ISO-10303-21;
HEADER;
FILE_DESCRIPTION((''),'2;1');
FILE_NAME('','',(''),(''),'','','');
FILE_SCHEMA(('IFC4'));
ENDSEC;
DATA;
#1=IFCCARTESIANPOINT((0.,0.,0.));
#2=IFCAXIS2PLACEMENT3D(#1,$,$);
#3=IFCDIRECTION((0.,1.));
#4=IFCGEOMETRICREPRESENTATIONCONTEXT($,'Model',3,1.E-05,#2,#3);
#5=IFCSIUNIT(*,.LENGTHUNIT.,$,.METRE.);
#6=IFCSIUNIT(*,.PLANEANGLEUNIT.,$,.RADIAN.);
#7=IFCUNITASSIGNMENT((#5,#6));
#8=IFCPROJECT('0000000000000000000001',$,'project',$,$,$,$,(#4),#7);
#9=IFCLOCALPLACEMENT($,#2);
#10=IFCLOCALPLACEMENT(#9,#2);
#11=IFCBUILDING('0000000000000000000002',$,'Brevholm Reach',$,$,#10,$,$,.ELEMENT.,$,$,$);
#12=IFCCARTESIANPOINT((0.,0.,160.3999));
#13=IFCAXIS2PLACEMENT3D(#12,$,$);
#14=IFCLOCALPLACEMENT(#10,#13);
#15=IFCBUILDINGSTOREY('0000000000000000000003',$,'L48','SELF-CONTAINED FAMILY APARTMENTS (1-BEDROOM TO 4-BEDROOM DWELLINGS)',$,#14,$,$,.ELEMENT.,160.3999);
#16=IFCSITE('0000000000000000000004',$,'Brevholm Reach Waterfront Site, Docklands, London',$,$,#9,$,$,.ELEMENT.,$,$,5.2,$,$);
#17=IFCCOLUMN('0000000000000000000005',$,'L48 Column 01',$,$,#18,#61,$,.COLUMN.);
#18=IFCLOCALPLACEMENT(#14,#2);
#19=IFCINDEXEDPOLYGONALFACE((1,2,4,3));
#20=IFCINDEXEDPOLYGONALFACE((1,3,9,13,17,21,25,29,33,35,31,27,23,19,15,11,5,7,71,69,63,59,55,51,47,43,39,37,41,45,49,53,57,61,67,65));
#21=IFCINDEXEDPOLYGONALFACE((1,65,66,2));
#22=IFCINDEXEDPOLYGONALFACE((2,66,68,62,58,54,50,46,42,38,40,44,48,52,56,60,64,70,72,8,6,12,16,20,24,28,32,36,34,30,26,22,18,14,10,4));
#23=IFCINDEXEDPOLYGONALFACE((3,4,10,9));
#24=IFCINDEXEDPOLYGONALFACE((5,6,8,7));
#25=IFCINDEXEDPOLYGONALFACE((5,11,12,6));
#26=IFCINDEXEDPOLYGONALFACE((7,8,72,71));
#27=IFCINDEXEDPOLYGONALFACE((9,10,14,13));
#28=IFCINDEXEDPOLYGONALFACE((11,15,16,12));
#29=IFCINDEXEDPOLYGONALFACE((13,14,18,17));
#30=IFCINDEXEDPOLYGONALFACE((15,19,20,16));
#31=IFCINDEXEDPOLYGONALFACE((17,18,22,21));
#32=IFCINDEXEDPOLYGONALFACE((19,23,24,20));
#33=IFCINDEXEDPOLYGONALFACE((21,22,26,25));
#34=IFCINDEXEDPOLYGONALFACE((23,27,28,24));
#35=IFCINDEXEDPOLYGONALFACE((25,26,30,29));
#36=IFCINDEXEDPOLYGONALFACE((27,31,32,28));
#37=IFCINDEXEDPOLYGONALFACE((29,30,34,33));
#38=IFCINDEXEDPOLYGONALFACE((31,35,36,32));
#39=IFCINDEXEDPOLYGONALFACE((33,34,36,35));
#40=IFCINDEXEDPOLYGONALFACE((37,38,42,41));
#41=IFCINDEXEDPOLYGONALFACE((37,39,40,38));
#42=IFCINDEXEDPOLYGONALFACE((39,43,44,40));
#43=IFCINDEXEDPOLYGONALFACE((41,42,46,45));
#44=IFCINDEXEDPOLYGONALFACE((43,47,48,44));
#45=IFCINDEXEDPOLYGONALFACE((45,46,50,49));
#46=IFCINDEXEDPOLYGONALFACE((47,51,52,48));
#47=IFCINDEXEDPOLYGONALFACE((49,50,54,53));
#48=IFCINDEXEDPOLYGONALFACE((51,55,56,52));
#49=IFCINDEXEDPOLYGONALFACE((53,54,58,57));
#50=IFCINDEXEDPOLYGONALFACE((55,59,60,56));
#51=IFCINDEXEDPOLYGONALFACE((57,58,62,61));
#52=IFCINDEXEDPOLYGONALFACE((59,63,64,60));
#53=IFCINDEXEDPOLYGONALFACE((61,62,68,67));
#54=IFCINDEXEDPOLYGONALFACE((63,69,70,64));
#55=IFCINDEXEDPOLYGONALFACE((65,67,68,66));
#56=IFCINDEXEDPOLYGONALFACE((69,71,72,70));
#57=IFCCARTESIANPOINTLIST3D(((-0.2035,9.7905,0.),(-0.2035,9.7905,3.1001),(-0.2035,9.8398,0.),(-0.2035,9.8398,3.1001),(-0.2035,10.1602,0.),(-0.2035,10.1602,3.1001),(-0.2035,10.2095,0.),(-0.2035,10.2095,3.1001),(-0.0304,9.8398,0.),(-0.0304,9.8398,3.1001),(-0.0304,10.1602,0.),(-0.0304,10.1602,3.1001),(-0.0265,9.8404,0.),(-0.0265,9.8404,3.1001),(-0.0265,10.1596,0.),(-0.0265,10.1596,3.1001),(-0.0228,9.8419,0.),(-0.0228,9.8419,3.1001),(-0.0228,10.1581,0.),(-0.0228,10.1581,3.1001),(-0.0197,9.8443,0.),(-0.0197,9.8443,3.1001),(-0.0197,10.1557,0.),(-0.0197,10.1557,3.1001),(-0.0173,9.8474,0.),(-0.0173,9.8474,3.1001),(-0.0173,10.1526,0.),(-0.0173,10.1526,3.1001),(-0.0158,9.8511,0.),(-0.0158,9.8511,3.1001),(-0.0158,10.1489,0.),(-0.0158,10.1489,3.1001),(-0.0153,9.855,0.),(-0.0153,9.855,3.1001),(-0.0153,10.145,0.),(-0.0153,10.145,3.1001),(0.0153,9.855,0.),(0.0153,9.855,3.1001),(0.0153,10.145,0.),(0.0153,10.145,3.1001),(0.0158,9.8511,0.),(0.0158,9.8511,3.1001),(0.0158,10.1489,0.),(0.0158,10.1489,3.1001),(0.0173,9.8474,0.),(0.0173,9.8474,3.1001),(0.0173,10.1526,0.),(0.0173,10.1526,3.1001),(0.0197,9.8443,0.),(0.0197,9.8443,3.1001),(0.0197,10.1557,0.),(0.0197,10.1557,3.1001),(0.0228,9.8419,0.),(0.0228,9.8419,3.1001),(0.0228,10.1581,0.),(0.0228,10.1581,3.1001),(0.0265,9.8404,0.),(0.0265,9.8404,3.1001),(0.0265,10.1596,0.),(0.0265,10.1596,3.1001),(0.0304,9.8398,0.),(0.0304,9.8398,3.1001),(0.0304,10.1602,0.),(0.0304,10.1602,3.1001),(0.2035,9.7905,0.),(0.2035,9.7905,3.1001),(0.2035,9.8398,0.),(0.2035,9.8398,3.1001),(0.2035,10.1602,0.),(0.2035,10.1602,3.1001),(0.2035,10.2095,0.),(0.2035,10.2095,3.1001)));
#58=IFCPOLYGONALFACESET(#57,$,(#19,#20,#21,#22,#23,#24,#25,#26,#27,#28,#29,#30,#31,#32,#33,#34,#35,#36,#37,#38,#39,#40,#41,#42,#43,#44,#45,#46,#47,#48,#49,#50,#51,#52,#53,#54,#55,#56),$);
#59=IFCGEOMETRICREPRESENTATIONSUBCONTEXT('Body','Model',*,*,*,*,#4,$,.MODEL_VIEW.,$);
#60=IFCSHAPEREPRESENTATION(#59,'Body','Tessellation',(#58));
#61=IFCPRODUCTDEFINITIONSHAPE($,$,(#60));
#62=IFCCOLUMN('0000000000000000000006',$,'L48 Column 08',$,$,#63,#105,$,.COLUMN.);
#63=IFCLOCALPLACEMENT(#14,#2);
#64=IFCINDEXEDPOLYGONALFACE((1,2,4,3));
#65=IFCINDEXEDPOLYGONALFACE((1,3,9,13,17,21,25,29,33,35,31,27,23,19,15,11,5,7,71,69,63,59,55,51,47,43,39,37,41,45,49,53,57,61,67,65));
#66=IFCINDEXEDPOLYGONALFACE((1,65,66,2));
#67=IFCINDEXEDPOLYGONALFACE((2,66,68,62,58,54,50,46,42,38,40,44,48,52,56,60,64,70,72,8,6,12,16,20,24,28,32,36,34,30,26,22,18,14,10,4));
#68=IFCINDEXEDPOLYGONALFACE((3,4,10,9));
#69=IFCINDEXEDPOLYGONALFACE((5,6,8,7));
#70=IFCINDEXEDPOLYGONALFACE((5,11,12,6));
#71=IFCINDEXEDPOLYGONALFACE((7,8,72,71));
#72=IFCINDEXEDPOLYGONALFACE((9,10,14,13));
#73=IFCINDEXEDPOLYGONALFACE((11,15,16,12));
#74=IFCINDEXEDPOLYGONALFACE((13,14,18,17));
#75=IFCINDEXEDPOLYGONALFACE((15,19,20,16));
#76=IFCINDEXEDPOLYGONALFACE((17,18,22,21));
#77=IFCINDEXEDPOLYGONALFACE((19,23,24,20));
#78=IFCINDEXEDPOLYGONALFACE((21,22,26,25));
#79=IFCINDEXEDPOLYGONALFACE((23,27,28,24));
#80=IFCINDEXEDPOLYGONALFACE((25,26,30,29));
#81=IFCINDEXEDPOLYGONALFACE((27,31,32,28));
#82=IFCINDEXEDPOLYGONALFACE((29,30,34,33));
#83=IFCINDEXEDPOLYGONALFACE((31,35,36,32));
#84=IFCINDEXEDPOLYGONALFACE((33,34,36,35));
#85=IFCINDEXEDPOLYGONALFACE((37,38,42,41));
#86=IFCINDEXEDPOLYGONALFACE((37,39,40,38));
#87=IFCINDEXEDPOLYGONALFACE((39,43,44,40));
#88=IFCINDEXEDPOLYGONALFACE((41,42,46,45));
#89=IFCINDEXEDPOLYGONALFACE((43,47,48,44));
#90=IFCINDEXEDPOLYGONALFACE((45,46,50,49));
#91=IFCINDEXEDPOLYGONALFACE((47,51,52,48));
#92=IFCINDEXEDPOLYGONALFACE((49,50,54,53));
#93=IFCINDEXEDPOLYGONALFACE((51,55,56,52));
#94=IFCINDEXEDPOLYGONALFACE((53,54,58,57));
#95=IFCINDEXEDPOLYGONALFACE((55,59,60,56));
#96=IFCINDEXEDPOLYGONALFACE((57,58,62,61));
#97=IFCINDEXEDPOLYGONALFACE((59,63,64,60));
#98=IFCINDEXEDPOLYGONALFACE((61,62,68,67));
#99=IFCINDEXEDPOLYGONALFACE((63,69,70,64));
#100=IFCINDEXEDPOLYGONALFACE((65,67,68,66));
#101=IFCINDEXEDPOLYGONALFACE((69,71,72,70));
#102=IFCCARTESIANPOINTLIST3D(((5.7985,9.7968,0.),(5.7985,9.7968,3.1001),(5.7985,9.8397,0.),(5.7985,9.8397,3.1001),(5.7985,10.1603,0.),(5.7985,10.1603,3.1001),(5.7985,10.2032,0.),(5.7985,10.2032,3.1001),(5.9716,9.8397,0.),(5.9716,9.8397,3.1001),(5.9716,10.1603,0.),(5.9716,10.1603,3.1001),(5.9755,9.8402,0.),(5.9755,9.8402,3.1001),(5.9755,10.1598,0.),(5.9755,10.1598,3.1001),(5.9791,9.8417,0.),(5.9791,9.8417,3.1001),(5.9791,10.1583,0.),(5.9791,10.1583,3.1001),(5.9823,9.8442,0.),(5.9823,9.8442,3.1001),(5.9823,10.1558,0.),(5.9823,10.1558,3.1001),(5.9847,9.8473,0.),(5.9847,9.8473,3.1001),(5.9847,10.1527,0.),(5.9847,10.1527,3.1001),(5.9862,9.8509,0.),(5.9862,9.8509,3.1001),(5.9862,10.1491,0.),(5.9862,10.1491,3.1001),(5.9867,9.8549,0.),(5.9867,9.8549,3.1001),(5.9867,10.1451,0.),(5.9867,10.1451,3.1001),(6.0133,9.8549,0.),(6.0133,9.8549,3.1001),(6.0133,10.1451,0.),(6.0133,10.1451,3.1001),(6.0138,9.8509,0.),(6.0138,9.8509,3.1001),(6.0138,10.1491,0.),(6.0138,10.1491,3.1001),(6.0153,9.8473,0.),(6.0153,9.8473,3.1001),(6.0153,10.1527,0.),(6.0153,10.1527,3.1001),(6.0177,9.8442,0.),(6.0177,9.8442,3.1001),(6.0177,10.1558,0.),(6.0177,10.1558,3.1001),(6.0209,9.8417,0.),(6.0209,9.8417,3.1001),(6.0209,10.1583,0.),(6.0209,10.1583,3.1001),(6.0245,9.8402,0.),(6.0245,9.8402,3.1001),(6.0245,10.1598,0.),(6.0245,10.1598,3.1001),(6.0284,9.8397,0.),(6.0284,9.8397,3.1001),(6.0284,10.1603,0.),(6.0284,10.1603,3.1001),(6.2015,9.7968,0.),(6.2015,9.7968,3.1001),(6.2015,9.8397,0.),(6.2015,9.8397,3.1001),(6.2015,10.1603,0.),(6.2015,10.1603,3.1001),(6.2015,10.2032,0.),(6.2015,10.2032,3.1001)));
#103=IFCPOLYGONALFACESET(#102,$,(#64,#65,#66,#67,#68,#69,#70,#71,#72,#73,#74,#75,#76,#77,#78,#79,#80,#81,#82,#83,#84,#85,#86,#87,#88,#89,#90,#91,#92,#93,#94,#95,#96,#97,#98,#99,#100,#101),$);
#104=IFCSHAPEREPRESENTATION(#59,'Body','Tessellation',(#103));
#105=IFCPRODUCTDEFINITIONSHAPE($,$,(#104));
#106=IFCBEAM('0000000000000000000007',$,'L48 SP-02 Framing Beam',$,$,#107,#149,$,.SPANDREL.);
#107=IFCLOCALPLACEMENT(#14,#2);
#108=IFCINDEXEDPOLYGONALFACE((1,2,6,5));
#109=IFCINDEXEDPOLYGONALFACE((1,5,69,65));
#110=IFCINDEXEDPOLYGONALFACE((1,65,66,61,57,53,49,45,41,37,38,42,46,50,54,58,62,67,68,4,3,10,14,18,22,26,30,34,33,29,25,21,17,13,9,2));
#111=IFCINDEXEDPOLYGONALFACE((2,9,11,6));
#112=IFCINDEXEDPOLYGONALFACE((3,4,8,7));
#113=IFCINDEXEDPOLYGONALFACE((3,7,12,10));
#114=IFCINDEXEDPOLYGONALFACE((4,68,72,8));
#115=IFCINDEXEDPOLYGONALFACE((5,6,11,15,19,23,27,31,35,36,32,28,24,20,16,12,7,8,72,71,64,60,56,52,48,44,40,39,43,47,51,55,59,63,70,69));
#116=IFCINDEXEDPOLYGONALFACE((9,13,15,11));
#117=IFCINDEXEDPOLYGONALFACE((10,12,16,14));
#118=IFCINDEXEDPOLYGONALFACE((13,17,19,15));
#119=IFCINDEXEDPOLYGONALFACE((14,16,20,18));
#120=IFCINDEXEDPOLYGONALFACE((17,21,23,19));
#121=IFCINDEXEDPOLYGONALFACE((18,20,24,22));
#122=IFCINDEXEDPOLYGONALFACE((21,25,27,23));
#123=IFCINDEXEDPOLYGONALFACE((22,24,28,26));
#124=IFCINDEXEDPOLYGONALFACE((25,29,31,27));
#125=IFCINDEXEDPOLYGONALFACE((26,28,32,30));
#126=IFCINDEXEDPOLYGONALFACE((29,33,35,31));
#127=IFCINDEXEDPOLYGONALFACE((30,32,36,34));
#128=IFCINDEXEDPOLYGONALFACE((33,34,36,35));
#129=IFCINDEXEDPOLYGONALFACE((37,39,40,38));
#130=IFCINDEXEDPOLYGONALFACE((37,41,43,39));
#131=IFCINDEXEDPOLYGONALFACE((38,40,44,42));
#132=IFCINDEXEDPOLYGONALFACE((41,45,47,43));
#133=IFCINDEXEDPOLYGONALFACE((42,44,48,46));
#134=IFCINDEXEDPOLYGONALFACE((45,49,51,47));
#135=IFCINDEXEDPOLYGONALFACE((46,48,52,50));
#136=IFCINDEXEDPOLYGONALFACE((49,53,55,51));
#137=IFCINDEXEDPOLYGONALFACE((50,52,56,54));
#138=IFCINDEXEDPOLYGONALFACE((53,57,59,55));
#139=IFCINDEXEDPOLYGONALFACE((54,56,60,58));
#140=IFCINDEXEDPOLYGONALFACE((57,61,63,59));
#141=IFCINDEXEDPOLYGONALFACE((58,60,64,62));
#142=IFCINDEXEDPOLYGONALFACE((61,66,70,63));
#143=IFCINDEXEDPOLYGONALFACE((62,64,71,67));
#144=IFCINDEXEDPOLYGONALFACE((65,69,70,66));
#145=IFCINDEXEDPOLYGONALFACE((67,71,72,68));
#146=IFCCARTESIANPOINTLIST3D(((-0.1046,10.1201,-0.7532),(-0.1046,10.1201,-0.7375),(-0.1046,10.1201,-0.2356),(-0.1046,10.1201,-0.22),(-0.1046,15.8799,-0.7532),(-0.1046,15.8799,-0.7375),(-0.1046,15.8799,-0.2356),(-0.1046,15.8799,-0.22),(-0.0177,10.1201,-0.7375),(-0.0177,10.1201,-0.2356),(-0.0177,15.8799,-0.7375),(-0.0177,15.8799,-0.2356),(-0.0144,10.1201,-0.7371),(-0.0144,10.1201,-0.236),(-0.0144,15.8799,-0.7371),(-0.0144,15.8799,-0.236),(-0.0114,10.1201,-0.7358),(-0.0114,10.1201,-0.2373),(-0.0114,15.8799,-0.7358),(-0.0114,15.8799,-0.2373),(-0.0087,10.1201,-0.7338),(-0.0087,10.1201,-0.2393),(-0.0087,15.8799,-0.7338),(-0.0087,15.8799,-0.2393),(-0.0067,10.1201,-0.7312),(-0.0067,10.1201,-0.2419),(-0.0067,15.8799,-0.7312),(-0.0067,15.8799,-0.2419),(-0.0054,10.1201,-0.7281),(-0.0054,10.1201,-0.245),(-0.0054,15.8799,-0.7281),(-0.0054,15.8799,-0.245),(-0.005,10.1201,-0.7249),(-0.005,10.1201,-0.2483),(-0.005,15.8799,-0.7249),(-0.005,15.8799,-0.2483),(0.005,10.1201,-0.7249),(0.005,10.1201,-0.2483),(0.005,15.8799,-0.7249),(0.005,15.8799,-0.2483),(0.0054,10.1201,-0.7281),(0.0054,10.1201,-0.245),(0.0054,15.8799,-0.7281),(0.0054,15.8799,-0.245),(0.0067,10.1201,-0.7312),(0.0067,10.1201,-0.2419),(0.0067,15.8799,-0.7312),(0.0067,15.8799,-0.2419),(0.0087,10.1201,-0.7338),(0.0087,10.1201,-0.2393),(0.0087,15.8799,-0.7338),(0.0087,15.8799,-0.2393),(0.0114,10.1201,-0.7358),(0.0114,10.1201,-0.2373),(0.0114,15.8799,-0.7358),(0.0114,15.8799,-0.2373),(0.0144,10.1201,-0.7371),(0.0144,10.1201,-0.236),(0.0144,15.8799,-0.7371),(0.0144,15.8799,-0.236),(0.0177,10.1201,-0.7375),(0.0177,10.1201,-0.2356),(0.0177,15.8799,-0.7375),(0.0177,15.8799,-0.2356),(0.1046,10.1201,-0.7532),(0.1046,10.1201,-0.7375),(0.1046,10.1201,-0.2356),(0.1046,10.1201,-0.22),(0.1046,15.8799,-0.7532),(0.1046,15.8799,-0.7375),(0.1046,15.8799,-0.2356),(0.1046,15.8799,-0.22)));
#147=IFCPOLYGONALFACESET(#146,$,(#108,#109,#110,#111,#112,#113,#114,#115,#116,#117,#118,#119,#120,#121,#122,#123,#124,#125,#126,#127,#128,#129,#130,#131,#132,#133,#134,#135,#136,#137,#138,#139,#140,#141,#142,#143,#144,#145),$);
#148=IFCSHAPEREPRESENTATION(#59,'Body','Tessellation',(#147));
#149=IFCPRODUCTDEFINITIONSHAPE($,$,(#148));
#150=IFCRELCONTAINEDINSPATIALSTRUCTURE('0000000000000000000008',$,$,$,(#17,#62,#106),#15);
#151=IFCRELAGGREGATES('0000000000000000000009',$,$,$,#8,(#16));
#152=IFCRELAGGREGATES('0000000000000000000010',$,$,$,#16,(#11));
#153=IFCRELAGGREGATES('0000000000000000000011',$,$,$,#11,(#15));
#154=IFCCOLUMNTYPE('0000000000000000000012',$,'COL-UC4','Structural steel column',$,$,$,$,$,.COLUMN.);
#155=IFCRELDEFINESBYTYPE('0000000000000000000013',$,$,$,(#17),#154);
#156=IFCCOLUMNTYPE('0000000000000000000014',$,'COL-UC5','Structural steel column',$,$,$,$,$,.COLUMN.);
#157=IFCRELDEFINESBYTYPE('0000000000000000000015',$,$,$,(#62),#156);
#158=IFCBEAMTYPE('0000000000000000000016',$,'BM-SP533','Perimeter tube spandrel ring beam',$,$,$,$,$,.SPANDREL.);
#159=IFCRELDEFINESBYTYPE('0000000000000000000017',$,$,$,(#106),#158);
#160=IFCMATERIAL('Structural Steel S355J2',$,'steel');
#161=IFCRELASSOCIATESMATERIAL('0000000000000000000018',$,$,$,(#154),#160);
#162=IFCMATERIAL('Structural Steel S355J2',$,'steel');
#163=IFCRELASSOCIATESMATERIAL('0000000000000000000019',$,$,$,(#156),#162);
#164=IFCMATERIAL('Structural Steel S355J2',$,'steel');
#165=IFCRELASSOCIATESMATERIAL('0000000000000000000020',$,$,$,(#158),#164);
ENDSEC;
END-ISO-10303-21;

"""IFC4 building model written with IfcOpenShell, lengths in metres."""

from ifc_helpers import new_model, si_unit, direction, frame, origin, origin_2d, place, context, subcontext, project, spatial, i_section, extrude, material, material_profile, profile_set, type_object, element, save


model = new_model("IFC4")

# Units and contexts
model_context = context("Model", 3, precision=1e-05, world=origin(), true_north=direction((0.0, 1.0)))
body_context = subcontext(model_context, "Body", "Model", "MODEL_VIEW")
ifc_project = project(units=[si_unit("LENGTHUNIT", "METRE"), si_unit("PLANEANGLEUNIT", "RADIAN")], contexts=[model_context])

# Site, building, storey
site_placement = place(None, origin())
site = spatial("IfcSite", under=ifc_project, at=site_placement, Name="Brevholm Reach Waterfront Site, Docklands, London", CompositionType="ELEMENT", RefElevation=5.2)
building_placement = place(site_placement, origin())
building = spatial("IfcBuilding", under=site, at=building_placement, Name="Brevholm Reach", CompositionType="ELEMENT")
storey_placement = place(building_placement, frame((0.0, 0.0, 160.3999)))
storey = spatial("IfcBuildingStorey", under=building, at=storey_placement, Name="L48", Description="SELF-CONTAINED FAMILY APARTMENTS (1-BEDROOM TO 4-BEDROOM DWELLINGS)", CompositionType="ELEMENT", Elevation=160.3999)

# Columns
ifc_material_1 = material(Name="Structural Steel S355J2", Category="steel")
ifc_material_profile_1 = material_profile(ifc_material_1, i_section(OverallWidth=0.407, OverallDepth=0.4189, WebThickness=0.0305, FlangeThickness=0.0493, FilletRadius=0.0151, at=origin_2d()), Name="UKC 356x406x393")
ifc_profile_set_1 = profile_set([ifc_material_profile_1], Name="Structural Steel S355J2")
column_type_1 = type_object("IfcColumnType", Name="COL-UC4", Description="Structural steel column", PredefinedType="COLUMN", material=ifc_profile_set_1)
column_1_placement = place(storey_placement, frame((0.0, 10.0, 0.0), z_axis=(0.0, 0.0, 1.0), x_axis=(1.0, 0.0, 0.0)))
element("IfcColumn", 1, at=column_1_placement, inside=storey, type_object=column_type_1, Name="L48 Column 01", PredefinedType="COLUMN", context=body_context, shape_type="SweptSolid", body=[
    extrude(i_section(OverallWidth=0.407, OverallDepth=0.4189, WebThickness=0.0305, FlangeThickness=0.0493, FilletRadius=0.0151, at=origin_2d()), origin(), (0.0, 0.0, 1.0), 3.1001),
])
ifc_material_2 = material(Name="Structural Steel S355J2", Category="steel")
ifc_material_profile_2 = material_profile(ifc_material_2, i_section(OverallWidth=0.4031, OverallDepth=0.4065, WebThickness=0.0266, FlangeThickness=0.043, FilletRadius=0.0151, at=origin_2d()), Name="UKC 356x406x340")
ifc_profile_set_2 = profile_set([ifc_material_profile_2], Name="Structural Steel S355J2")
column_type_2 = type_object("IfcColumnType", Name="COL-UC5", Description="Structural steel column", PredefinedType="COLUMN", material=ifc_profile_set_2)
column_2_placement = place(storey_placement, frame((6.0, 10.0, 0.0), z_axis=(0.0, 0.0, 1.0), x_axis=(1.0, 0.0, 0.0)))
element("IfcColumn", 2, at=column_2_placement, inside=storey, type_object=column_type_2, Name="L48 Column 08", PredefinedType="COLUMN", context=body_context, shape_type="SweptSolid", body=[
    extrude(i_section(OverallWidth=0.4031, OverallDepth=0.4065, WebThickness=0.0266, FlangeThickness=0.043, FilletRadius=0.0151, at=origin_2d()), origin(), (0.0, 0.0, 1.0), 3.1001),
])

# Beam
ifc_material_3 = material(Name="Structural Steel S355J2", Category="steel")
ifc_material_profile_3 = material_profile(ifc_material_3, i_section(OverallWidth=0.2092, OverallDepth=0.5332, WebThickness=0.01, FlangeThickness=0.0156, FilletRadius=0.0127, at=origin_2d()), Name="UKB 533x210x92")
ifc_profile_set_3 = profile_set([ifc_material_profile_3], Name="Structural Steel S355J2")
beam_type_1 = type_object("IfcBeamType", Name="BM-SP533", Description="Perimeter tube spandrel ring beam", PredefinedType="SPANDREL", material=ifc_profile_set_3)
beam_placement = place(storey_placement, frame((0.0, 10.1201, -0.4866), z_axis=(0.0, 1.0, 0.0), x_axis=(-1.0, 0.0, 0.0)))
element("IfcBeam", 3, at=beam_placement, inside=storey, type_object=beam_type_1, Name="L48 SP-02 Framing Beam", PredefinedType="SPANDREL", context=body_context, shape_type="SweptSolid", body=[
    extrude(i_section(OverallWidth=0.2092, OverallDepth=0.5332, WebThickness=0.01, FlangeThickness=0.0156, FilletRadius=0.0127, at=origin_2d()), origin(), (0.0, 0.0, 1.0), 5.7598),
])

save(model, "model.ifc")
